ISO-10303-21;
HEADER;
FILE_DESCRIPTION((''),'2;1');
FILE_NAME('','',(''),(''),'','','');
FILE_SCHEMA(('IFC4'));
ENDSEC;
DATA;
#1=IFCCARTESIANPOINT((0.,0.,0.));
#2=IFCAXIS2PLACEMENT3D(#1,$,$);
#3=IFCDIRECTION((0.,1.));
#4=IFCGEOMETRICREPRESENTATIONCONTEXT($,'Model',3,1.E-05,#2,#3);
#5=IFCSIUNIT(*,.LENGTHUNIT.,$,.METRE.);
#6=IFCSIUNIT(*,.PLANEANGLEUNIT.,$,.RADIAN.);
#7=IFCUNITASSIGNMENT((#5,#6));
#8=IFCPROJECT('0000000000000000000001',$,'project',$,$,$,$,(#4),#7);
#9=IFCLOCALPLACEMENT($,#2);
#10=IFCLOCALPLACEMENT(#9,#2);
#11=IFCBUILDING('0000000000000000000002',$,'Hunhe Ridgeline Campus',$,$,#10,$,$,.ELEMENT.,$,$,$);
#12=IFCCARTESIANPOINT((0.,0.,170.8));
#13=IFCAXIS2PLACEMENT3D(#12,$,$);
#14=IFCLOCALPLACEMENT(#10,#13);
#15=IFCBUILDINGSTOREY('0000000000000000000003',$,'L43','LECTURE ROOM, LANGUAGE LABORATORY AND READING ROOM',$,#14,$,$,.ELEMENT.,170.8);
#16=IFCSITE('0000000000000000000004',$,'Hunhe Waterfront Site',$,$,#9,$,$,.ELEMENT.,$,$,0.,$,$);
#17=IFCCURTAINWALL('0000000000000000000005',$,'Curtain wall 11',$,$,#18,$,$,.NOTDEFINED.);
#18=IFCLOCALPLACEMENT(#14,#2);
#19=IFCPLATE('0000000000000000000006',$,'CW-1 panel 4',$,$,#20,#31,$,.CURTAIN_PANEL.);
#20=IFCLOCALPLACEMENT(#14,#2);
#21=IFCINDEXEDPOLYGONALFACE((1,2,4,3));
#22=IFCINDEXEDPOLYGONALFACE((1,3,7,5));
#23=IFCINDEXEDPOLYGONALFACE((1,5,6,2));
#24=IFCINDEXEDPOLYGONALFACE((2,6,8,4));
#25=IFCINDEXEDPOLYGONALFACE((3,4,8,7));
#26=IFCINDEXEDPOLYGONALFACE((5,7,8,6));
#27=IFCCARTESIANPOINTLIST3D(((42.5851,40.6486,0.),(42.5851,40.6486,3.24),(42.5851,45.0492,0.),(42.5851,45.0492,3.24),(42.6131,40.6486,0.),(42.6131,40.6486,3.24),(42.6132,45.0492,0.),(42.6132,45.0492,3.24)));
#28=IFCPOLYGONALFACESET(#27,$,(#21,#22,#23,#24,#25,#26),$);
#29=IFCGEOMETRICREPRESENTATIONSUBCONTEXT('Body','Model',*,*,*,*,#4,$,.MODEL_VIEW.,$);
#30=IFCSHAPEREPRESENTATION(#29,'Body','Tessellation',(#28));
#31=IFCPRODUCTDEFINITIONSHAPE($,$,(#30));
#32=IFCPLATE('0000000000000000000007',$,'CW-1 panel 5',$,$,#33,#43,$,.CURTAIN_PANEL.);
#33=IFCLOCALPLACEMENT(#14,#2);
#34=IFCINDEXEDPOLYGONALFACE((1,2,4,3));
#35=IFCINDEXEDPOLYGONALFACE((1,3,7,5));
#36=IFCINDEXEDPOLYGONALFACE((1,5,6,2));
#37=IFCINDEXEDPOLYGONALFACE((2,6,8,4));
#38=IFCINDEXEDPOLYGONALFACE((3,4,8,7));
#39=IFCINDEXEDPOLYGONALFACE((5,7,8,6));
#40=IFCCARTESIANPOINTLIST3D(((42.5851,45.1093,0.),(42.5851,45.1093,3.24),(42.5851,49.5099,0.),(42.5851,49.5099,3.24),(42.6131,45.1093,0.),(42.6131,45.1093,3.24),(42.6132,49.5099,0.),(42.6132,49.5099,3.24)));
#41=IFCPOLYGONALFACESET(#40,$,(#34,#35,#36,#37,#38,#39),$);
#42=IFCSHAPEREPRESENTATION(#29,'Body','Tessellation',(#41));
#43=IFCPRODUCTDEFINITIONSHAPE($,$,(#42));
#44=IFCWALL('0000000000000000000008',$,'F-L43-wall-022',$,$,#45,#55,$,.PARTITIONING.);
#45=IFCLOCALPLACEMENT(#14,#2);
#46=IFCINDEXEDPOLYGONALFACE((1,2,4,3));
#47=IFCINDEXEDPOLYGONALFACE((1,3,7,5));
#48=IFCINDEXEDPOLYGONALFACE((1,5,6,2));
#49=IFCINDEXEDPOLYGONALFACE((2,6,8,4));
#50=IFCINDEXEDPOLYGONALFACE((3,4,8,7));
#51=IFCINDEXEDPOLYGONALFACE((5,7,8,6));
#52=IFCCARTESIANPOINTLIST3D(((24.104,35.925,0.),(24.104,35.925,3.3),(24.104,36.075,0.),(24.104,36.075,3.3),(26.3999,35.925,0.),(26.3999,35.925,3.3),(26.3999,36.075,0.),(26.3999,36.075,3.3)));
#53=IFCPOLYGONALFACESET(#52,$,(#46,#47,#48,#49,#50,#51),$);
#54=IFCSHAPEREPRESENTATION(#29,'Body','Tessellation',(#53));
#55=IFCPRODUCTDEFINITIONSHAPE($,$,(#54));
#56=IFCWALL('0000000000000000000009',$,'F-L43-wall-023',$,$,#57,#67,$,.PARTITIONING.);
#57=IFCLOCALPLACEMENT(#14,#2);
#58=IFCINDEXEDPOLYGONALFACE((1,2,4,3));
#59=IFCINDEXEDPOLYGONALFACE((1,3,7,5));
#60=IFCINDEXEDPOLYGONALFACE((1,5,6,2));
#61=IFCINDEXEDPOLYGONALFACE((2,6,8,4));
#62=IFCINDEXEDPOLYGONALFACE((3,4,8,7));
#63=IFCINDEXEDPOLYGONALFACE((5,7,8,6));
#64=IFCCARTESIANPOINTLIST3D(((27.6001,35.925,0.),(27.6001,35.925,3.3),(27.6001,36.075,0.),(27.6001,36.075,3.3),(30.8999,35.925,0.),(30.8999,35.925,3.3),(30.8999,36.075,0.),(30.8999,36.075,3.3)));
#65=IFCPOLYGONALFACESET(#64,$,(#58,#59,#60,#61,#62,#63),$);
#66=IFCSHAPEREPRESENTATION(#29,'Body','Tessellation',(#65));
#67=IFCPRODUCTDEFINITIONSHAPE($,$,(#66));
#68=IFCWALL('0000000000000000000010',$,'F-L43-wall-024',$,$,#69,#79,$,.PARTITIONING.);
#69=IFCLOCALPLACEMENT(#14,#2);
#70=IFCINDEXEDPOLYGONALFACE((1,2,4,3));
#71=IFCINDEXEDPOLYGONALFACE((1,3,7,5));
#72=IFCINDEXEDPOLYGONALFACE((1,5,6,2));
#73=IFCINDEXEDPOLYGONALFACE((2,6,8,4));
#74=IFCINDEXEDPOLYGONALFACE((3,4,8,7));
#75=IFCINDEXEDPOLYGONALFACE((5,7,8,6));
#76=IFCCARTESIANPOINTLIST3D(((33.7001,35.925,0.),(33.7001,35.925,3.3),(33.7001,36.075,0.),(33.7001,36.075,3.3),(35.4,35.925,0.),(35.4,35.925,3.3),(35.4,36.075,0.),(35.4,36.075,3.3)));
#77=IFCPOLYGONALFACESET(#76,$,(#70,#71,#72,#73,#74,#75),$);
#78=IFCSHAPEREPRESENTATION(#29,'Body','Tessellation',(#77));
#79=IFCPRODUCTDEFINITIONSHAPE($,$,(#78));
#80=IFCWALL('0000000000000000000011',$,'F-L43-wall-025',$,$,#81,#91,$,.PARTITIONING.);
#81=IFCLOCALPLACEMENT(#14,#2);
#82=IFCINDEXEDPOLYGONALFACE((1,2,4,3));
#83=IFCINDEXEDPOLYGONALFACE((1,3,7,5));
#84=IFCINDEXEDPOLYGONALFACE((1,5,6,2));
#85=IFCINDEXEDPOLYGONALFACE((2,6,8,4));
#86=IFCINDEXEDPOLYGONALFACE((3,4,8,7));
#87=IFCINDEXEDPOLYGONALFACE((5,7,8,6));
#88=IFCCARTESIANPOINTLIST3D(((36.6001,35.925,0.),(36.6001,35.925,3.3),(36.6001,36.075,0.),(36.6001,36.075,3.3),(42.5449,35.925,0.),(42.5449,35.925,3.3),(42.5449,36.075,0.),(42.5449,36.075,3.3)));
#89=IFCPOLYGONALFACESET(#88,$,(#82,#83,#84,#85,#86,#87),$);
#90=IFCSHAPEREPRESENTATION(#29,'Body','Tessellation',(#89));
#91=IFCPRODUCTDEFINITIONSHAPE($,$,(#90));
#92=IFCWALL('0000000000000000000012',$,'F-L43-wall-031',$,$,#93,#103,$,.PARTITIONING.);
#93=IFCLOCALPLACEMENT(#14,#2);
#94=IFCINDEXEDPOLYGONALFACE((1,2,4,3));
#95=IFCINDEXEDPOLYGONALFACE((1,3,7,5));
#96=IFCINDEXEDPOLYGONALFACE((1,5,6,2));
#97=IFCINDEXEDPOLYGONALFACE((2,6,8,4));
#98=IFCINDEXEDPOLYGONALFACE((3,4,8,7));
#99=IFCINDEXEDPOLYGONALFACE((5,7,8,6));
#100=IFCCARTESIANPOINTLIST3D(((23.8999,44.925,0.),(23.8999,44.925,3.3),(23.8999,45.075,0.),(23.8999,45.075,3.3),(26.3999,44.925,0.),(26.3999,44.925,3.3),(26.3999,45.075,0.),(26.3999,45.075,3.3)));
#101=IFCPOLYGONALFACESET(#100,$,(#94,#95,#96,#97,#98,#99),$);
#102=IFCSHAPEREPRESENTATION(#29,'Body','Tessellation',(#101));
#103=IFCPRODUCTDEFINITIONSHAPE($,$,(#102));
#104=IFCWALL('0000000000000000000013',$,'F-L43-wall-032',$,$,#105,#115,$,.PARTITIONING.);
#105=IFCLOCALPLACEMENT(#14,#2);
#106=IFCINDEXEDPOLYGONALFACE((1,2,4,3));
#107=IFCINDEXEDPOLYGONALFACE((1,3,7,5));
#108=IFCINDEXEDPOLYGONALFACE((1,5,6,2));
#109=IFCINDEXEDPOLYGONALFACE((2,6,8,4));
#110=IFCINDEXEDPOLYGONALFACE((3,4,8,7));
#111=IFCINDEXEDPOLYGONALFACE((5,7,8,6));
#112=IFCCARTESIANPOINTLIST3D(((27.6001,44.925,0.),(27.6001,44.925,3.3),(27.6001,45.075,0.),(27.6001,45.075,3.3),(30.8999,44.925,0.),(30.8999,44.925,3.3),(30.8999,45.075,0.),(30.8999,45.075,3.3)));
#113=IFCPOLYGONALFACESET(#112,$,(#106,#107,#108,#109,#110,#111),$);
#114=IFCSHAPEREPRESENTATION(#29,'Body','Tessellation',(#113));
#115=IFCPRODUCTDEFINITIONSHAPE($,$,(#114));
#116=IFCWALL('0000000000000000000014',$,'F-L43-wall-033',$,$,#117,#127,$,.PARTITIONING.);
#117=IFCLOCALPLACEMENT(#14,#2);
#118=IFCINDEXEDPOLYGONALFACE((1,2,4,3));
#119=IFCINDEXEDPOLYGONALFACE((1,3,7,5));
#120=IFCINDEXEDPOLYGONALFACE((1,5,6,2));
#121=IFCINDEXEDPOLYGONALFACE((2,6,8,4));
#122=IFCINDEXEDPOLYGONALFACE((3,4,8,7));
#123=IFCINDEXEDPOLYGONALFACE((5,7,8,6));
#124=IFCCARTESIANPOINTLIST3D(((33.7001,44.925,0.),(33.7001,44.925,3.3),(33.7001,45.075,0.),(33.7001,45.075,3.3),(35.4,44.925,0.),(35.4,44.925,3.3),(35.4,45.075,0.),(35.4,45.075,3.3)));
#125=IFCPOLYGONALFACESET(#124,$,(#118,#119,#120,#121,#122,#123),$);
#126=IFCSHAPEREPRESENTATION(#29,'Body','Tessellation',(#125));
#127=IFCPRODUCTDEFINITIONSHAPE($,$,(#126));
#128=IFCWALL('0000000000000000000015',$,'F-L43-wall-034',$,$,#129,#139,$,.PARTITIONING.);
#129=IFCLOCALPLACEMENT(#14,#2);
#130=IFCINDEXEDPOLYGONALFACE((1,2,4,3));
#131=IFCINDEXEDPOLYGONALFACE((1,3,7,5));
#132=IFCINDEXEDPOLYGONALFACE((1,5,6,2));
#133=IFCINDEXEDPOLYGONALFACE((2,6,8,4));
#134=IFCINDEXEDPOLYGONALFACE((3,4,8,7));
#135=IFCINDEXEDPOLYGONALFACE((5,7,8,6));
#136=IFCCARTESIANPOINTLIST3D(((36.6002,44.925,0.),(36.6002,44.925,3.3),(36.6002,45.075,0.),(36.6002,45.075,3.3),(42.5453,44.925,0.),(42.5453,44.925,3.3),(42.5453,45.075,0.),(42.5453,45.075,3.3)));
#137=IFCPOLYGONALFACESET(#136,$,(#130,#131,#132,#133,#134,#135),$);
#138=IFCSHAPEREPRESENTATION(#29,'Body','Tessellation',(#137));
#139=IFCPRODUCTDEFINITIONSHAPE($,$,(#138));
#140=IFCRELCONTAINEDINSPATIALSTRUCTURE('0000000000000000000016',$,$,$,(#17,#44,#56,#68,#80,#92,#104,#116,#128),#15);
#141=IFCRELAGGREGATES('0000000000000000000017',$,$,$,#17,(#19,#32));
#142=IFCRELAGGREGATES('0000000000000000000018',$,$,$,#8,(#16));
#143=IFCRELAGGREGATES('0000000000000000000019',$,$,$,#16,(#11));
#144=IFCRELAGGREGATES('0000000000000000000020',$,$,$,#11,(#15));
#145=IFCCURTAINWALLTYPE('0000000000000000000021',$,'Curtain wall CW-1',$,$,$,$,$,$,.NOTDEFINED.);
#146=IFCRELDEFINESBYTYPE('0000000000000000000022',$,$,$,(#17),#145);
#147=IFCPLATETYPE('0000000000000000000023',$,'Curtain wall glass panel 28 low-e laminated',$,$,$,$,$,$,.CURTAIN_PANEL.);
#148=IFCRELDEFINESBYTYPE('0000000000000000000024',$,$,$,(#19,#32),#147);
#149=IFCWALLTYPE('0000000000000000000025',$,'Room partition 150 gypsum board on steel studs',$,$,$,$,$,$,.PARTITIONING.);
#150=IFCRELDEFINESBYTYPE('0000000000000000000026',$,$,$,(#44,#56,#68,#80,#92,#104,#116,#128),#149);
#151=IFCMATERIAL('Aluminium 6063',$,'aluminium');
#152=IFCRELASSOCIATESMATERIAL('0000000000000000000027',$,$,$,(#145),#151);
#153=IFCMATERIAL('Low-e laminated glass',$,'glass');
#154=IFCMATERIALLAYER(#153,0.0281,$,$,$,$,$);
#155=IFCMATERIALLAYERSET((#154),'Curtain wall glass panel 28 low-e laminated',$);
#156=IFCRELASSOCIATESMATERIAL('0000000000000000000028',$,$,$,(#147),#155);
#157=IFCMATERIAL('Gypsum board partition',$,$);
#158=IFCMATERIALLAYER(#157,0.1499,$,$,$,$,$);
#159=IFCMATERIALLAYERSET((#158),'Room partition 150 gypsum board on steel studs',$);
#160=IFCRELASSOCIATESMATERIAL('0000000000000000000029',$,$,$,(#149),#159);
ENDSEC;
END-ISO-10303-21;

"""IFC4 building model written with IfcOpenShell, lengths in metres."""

from ifc_helpers import new_model, si_unit, direction, frame, frame_2d, origin, origin_2d, place, context, subcontext, project, spatial, rectangle, extrude, material, layer, layer_set, type_object, element, aggregate, save


model = new_model("IFC4")

# Units and contexts
model_context = context("Model", 3, precision=1e-05, world=origin(), true_north=direction((0.0, 1.0)))
body_context = subcontext(model_context, "Body", "Model", "MODEL_VIEW")
ifc_project = project(units=[si_unit("LENGTHUNIT", "METRE"), si_unit("PLANEANGLEUNIT", "RADIAN")], contexts=[model_context])

# Site, building, storey
site_placement = place(None, origin())
site = spatial("IfcSite", under=ifc_project, at=site_placement, Name="Hunhe Waterfront Site", CompositionType="ELEMENT", RefElevation=0.0)
building_placement = place(site_placement, origin())
building = spatial("IfcBuilding", under=site, at=building_placement, Name="Hunhe Ridgeline Campus", CompositionType="ELEMENT")
storey_placement = place(building_placement, frame((0.0, 0.0, 170.8)))
storey = spatial("IfcBuildingStorey", under=building, at=storey_placement, Name="L43", Description="LECTURE ROOM, LANGUAGE LABORATORY AND READING ROOM", CompositionType="ELEMENT", Elevation=170.8)

# Curtain wall
ifc_material_1 = material(Name="Aluminium 6063", Category="aluminium")
curtain_wall_type = type_object("IfcCurtainWallType", Name="Curtain wall CW-1", PredefinedType="NOTDEFINED", material=ifc_material_1)
curtain_wall_placement = place(storey_placement, origin())
curtain_wall = element("IfcCurtainWall", 1, at=curtain_wall_placement, inside=storey, type_object=curtain_wall_type, Name="Curtain wall 11", PredefinedType="NOTDEFINED")

# Plates
ifc_material_2 = material(Name="Low-e laminated glass", Category="glass")
ifc_layer_1 = layer(ifc_material_2, 0.0281)
ifc_layer_set_1 = layer_set([ifc_layer_1], Name="Curtain wall glass panel 28 low-e laminated")
plate_type = type_object("IfcPlateType", Name="Curtain wall glass panel 28 low-e laminated", PredefinedType="CURTAIN_PANEL", material=ifc_layer_set_1)
plate_1_placement = place(storey_placement, frame((42.5991, 42.8489, 0.0), z_axis=(0.0, 0.0, 1.0), x_axis=(0.000004, 1.0, 0.0)))
plate_1 = element("IfcPlate", 2, at=plate_1_placement, type_object=plate_type, Name="CW-1 panel 4", PredefinedType="CURTAIN_PANEL", context=body_context, shape_type="SweptSolid", body=[
    extrude(rectangle(XDim=4.4006, YDim=0.0281, at=origin_2d()), origin(), (0.0, 0.0, 1.0), 3.24),
])
plate_2_placement = place(storey_placement, frame((42.5991, 47.3096, 0.0), z_axis=(0.0, 0.0, 1.0), x_axis=(0.000004, 1.0, 0.0)))
plate_2 = element("IfcPlate", 3, at=plate_2_placement, type_object=plate_type, Name="CW-1 panel 5", PredefinedType="CURTAIN_PANEL", context=body_context, shape_type="SweptSolid", body=[
    extrude(rectangle(XDim=4.4006, YDim=0.0281, at=origin_2d()), origin(), (0.0, 0.0, 1.0), 3.24),
])
aggregate(curtain_wall, [plate_1, plate_2])

# Walls
ifc_material_3 = material(Name="Gypsum board partition")
ifc_layer_2 = layer(ifc_material_3, 0.1499)
ifc_layer_set_2 = layer_set([ifc_layer_2], Name="Room partition 150 gypsum board on steel studs")
wall_type = type_object("IfcWallType", Name="Room partition 150 gypsum board on steel studs", PredefinedType="PARTITIONING", material=ifc_layer_set_2)
wall_1_placement = place(storey_placement, frame((24.104, 36.0, 0.0), z_axis=(0.0, 0.0, 1.0), x_axis=(1.0, 0.0, 0.0)))
element("IfcWall", 4, at=wall_1_placement, inside=storey, type_object=wall_type, Name="F-L43-wall-022", PredefinedType="PARTITIONING", context=body_context, shape_type="SweptSolid", body=[
    extrude(rectangle(XDim=2.2959, YDim=0.1499, at=frame_2d((1.1479, 0.0))), origin(), (0.0, 0.0, 1.0), 3.3),
])
wall_2_placement = place(storey_placement, frame((27.6001, 36.0, 0.0), z_axis=(0.0, 0.0, 1.0), x_axis=(1.0, 0.0, 0.0)))
element("IfcWall", 5, at=wall_2_placement, inside=storey, type_object=wall_type, Name="F-L43-wall-023", PredefinedType="PARTITIONING", context=body_context, shape_type="SweptSolid", body=[
    extrude(rectangle(XDim=3.2998, YDim=0.1499, at=frame_2d((1.6499, 0.0))), origin(), (0.0, 0.0, 1.0), 3.3),
])
wall_3_placement = place(storey_placement, frame((33.7, 36.0, 0.0), z_axis=(0.0, 0.0, 1.0), x_axis=(1.0, 0.0, 0.0)))
element("IfcWall", 6, at=wall_3_placement, inside=storey, type_object=wall_type, Name="F-L43-wall-024", PredefinedType="PARTITIONING", context=body_context, shape_type="SweptSolid", body=[
    extrude(rectangle(XDim=1.7, YDim=0.1499, at=frame_2d((0.8501, 0.0))), origin(), (0.0, 0.0, 1.0), 3.3),
])
wall_4_placement = place(storey_placement, frame((36.6001, 36.0, 0.0), z_axis=(0.0, 0.0, 1.0), x_axis=(1.0, 0.0, 0.0)))
element("IfcWall", 7, at=wall_4_placement, inside=storey, type_object=wall_type, Name="F-L43-wall-025", PredefinedType="PARTITIONING", context=body_context, shape_type="SweptSolid", body=[
    extrude(rectangle(XDim=5.9448, YDim=0.1499, at=frame_2d((2.9724, 0.0))), origin(), (0.0, 0.0, 1.0), 3.3),
])
wall_5_placement = place(storey_placement, frame((23.8999, 45.0, 0.0), z_axis=(0.0, 0.0, 1.0), x_axis=(1.0, 0.0, 0.0)))
element("IfcWall", 8, at=wall_5_placement, inside=storey, type_object=wall_type, Name="F-L43-wall-031", PredefinedType="PARTITIONING", context=body_context, shape_type="SweptSolid", body=[
    extrude(rectangle(XDim=2.5, YDim=0.1499, at=frame_2d((1.25, 0.0))), origin(), (0.0, 0.0, 1.0), 3.3),
])
wall_6_placement = place(storey_placement, frame((27.6001, 45.0, 0.0), z_axis=(0.0, 0.0, 1.0), x_axis=(1.0, 0.0, 0.0)))
element("IfcWall", 9, at=wall_6_placement, inside=storey, type_object=wall_type, Name="F-L43-wall-032", PredefinedType="PARTITIONING", context=body_context, shape_type="SweptSolid", body=[
    extrude(rectangle(XDim=3.2998, YDim=0.1499, at=frame_2d((1.6499, 0.0))), origin(), (0.0, 0.0, 1.0), 3.3),
])
wall_7_placement = place(storey_placement, frame((33.7, 45.0, 0.0), z_axis=(0.0, 0.0, 1.0), x_axis=(1.0, 0.0, 0.0)))
element("IfcWall", 10, at=wall_7_placement, inside=storey, type_object=wall_type, Name="F-L43-wall-033", PredefinedType="PARTITIONING", context=body_context, shape_type="SweptSolid", body=[
    extrude(rectangle(XDim=1.7, YDim=0.1499, at=frame_2d((0.8501, 0.0))), origin(), (0.0, 0.0, 1.0), 3.3),
])
wall_8_placement = place(storey_placement, frame((36.6001, 45.0, 0.0), z_axis=(0.0, 0.0, 1.0), x_axis=(1.0, 0.0, 0.0)))
element("IfcWall", 11, at=wall_8_placement, inside=storey, type_object=wall_type, Name="F-L43-wall-034", PredefinedType="PARTITIONING", context=body_context, shape_type="SweptSolid", body=[
    extrude(rectangle(XDim=5.9451, YDim=0.1499, at=frame_2d((2.9727, 0.0))), origin(), (0.0, 0.0, 1.0), 3.3),
])

save(model, "model.ifc")
